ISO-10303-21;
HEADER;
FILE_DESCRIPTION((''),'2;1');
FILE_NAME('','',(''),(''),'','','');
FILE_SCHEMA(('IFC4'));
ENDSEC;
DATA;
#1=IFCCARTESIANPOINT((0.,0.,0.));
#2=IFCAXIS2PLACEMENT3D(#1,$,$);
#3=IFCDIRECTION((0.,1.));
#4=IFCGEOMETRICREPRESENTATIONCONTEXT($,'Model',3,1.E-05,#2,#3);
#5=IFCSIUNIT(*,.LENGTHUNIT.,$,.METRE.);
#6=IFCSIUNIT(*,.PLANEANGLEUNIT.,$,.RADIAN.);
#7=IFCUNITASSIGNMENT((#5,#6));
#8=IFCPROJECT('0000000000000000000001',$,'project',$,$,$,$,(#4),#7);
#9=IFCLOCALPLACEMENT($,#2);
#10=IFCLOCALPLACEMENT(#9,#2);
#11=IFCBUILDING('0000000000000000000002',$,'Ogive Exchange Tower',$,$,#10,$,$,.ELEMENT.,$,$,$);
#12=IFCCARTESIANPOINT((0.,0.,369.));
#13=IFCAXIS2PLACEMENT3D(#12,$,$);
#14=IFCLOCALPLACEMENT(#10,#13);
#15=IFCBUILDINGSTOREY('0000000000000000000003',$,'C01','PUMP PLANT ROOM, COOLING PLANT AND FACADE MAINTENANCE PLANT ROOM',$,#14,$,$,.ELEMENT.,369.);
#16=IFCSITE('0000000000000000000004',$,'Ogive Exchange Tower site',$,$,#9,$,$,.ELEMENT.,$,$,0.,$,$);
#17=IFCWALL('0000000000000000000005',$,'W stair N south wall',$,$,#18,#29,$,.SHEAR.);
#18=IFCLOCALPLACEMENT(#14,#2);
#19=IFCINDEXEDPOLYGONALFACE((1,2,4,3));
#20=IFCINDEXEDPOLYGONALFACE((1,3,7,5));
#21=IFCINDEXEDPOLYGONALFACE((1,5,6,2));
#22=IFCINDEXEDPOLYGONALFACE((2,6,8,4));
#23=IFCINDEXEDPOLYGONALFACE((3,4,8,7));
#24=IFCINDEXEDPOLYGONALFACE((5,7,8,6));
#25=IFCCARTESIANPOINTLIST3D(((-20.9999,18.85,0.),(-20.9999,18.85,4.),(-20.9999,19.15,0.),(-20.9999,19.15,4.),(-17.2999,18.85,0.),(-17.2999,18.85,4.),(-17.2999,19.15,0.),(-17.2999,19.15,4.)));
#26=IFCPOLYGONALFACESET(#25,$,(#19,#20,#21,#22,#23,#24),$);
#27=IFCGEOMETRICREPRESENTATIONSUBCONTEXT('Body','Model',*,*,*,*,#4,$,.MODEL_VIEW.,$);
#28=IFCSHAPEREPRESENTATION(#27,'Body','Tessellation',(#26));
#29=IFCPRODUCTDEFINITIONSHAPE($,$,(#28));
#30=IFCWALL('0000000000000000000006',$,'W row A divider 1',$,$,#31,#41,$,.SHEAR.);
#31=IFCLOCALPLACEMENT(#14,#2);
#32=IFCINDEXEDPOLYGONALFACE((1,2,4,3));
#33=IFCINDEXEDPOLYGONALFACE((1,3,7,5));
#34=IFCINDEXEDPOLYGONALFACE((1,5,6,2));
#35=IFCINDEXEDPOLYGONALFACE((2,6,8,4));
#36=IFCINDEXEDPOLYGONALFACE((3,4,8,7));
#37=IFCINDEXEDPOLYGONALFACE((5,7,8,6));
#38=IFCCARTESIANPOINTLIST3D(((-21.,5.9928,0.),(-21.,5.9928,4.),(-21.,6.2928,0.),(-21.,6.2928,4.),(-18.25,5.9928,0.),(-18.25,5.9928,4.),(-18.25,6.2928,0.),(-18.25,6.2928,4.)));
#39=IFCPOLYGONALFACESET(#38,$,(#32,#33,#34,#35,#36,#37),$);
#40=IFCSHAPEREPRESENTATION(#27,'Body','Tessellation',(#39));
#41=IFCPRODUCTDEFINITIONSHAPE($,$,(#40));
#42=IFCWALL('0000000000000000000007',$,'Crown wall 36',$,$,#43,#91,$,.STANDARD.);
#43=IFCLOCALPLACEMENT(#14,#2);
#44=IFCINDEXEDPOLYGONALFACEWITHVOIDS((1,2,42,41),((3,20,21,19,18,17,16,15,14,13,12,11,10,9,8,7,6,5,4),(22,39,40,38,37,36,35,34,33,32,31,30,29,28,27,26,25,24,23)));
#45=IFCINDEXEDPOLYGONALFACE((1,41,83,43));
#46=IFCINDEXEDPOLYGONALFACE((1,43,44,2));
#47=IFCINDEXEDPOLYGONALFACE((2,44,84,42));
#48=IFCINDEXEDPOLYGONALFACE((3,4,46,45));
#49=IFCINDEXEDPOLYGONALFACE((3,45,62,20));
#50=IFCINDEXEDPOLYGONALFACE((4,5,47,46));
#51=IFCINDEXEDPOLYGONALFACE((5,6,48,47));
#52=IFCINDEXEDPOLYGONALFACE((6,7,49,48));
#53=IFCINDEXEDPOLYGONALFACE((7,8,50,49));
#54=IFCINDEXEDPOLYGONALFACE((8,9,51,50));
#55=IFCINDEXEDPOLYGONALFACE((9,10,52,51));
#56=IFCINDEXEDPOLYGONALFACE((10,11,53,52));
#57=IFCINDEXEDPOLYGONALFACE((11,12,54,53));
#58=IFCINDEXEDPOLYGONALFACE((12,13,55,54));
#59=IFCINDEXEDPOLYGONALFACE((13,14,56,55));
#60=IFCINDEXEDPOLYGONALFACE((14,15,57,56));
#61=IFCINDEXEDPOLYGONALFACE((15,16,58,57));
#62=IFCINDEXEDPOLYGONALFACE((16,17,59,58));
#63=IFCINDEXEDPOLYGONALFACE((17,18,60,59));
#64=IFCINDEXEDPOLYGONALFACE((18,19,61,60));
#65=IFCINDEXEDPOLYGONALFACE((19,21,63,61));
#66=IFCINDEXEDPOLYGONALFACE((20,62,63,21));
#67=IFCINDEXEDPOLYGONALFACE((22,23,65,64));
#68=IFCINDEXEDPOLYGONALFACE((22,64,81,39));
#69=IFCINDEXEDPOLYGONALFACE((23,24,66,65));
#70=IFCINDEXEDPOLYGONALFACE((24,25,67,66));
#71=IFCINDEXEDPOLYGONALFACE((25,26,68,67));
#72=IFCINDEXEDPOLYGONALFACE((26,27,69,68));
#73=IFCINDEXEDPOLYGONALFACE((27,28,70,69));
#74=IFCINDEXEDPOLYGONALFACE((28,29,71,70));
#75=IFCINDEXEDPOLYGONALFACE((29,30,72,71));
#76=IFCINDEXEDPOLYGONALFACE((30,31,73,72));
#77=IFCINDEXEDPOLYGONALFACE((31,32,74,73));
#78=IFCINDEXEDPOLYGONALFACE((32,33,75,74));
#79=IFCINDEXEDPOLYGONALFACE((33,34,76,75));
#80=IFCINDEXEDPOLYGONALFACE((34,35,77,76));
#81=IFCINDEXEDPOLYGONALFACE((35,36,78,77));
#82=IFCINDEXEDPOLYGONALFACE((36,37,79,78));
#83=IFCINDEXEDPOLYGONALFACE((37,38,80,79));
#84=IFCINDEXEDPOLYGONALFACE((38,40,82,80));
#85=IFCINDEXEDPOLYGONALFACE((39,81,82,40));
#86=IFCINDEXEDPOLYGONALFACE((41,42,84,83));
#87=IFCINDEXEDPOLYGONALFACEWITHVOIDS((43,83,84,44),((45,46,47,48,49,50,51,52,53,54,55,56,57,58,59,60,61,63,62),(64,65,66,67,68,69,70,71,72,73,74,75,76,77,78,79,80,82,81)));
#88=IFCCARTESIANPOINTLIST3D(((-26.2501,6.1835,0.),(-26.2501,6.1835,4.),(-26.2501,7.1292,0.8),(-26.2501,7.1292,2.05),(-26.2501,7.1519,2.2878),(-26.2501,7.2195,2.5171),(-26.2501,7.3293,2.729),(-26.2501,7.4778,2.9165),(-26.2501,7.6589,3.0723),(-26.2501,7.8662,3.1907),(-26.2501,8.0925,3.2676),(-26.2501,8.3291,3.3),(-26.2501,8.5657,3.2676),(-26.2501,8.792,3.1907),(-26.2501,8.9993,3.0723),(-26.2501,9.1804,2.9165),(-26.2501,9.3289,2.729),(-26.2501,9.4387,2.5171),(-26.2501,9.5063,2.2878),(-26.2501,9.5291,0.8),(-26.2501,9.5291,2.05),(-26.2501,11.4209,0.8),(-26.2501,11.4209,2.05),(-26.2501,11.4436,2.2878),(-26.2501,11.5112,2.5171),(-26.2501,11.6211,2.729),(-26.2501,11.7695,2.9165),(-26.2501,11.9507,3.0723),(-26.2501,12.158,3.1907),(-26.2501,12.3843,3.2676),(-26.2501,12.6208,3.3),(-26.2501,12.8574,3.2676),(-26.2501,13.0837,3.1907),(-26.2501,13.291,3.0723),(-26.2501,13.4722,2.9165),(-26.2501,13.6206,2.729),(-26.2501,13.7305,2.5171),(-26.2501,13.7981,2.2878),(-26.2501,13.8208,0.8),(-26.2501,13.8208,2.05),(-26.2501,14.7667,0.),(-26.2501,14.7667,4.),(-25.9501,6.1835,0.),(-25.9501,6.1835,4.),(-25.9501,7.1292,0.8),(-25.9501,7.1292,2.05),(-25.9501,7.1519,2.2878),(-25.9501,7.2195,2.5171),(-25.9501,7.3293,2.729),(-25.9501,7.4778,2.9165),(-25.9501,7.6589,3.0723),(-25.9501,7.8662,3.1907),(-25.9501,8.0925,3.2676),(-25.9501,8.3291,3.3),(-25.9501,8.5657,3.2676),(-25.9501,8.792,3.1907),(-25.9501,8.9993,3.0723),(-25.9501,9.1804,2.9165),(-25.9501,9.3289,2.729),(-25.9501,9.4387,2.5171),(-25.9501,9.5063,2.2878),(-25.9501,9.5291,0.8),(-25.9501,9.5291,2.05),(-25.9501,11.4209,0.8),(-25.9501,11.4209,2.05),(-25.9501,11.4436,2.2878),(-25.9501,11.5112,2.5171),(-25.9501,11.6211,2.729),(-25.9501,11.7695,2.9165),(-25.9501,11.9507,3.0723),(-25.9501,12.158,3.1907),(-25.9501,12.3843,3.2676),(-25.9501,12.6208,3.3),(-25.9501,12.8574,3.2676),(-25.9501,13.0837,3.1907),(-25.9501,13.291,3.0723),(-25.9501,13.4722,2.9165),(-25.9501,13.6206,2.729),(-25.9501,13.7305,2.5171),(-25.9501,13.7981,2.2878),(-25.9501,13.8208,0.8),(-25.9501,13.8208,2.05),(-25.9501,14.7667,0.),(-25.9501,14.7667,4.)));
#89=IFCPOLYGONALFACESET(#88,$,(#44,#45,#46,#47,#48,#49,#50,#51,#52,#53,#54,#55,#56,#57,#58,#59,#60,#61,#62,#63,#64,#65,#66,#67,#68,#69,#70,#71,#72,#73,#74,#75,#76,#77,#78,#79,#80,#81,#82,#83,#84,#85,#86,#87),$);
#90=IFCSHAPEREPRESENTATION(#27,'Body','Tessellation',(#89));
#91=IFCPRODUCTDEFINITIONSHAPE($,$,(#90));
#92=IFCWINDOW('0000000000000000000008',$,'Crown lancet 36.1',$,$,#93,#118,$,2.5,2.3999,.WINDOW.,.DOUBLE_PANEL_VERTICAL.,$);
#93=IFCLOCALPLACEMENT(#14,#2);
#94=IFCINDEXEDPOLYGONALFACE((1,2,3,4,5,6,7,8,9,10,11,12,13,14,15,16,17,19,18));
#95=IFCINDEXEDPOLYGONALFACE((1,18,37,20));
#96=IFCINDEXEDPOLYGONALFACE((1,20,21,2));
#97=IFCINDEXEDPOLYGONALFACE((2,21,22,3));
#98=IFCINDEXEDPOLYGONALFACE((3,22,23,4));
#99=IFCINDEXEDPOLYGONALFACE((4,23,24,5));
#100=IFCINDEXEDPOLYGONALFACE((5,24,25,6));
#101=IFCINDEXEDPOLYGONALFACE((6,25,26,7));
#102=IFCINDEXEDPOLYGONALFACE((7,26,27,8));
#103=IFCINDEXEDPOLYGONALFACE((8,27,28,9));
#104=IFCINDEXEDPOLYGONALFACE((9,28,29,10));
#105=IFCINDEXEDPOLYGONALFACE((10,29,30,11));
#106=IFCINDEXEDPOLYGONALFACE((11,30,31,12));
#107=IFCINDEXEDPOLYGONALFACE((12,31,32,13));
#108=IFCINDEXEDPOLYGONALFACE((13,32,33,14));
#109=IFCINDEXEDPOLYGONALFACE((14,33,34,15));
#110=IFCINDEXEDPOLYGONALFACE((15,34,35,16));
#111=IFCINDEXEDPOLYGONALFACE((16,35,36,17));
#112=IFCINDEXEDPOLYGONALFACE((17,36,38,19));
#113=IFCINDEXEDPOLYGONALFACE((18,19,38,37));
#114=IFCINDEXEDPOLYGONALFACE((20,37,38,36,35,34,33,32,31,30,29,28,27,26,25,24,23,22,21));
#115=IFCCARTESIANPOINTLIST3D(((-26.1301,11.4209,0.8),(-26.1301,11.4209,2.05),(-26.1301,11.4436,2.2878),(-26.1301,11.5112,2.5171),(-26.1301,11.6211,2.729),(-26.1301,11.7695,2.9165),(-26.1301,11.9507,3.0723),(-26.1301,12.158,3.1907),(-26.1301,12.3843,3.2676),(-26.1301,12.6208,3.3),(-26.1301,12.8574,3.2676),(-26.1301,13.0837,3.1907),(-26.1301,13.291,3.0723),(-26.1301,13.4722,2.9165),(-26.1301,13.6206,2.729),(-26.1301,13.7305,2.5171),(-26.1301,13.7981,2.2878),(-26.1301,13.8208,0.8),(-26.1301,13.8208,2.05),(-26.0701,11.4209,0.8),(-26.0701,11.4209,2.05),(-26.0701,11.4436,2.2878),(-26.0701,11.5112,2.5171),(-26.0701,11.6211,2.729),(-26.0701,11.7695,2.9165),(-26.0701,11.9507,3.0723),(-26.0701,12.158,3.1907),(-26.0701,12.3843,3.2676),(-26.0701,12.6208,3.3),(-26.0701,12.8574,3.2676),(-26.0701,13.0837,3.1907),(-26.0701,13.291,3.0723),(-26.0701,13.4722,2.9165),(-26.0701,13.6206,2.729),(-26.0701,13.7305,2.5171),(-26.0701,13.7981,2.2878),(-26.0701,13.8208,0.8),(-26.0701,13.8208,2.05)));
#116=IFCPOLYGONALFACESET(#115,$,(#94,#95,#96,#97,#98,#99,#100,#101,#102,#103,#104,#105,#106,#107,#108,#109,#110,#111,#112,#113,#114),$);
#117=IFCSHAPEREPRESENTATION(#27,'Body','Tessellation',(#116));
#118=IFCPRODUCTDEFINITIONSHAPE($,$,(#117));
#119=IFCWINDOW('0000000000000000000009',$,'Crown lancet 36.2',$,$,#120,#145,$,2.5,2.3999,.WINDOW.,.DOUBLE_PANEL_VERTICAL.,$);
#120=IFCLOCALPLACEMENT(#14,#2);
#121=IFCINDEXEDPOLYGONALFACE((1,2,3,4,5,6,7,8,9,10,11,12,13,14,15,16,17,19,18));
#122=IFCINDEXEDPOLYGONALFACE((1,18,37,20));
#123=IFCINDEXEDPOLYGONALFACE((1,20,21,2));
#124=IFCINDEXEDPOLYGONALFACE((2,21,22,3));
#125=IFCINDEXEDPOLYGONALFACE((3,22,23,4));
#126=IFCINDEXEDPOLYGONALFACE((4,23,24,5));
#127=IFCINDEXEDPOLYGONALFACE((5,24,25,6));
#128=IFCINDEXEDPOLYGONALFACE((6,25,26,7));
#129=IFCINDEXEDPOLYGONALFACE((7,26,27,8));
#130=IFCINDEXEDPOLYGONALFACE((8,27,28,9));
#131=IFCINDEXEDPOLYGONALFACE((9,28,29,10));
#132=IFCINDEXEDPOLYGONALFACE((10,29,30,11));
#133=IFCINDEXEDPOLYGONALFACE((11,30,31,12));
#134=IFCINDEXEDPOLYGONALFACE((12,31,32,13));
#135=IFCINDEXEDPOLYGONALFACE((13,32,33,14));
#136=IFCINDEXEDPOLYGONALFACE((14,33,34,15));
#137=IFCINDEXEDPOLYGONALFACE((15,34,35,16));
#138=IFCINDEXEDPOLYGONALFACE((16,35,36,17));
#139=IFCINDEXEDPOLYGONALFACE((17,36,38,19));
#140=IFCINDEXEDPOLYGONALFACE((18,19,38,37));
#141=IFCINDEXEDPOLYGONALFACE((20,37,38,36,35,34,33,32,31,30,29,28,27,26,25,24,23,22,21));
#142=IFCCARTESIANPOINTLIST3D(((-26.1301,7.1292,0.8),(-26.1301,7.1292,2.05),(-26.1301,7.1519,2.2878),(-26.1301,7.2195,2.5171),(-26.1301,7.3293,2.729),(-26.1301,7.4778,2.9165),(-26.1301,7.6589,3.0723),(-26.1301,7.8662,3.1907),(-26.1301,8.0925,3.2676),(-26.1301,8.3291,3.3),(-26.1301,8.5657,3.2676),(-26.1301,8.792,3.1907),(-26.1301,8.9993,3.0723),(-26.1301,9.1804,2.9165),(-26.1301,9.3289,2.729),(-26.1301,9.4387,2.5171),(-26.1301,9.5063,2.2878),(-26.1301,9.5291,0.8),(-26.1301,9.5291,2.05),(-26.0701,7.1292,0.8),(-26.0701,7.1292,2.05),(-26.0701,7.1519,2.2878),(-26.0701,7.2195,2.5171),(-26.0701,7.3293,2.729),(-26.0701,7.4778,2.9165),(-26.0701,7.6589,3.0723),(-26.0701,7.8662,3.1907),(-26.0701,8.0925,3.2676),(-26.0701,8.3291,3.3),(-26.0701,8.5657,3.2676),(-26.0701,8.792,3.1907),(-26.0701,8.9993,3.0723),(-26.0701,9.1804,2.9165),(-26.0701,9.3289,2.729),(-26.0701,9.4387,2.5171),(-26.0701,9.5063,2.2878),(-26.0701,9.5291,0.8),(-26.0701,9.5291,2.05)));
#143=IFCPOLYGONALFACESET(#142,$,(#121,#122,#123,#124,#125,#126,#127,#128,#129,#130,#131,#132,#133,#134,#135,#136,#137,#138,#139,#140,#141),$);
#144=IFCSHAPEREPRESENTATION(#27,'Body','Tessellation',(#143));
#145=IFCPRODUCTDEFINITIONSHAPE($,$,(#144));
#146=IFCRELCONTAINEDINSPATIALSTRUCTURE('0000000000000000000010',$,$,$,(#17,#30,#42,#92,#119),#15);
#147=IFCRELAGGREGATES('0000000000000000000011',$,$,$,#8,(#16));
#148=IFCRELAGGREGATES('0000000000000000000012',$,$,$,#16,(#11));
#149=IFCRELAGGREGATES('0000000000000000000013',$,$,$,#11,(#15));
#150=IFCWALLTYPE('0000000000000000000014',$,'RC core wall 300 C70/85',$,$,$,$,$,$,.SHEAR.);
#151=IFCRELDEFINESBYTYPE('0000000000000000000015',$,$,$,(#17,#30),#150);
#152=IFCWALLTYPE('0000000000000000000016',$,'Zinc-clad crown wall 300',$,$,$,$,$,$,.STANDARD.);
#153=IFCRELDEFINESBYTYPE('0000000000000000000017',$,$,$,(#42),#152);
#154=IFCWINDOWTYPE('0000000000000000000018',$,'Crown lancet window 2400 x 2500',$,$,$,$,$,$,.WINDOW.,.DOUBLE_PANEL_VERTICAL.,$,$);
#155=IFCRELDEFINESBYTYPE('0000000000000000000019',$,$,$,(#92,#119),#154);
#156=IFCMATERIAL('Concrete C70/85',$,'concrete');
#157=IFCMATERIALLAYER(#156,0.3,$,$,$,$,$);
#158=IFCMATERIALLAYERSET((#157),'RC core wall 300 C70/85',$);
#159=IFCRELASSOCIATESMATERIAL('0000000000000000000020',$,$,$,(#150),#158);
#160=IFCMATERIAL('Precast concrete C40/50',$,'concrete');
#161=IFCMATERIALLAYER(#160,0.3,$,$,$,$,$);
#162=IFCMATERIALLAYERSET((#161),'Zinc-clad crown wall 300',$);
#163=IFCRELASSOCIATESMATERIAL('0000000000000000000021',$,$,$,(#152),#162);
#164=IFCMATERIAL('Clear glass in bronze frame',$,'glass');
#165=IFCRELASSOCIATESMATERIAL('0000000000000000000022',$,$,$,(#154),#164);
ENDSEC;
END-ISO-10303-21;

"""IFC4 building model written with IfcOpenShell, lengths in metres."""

from ifc_helpers import new_model, si_unit, direction, frame, frame_2d, origin, place, context, subcontext, project, spatial, polyline, rectangle, outline, extrude, material, layer, layer_set, type_object, element, fill, save


model = new_model("IFC4")

# Units and contexts
model_context = context("Model", 3, precision=1e-05, world=origin(), true_north=direction((0.0, 1.0)))
body_context = subcontext(model_context, "Body", "Model", "MODEL_VIEW")
ifc_project = project(units=[si_unit("LENGTHUNIT", "METRE"), si_unit("PLANEANGLEUNIT", "RADIAN")], contexts=[model_context])

# Site, building, storey
site_placement = place(None, origin())
site = spatial("IfcSite", under=ifc_project, at=site_placement, Name="Ogive Exchange Tower site", CompositionType="ELEMENT", RefElevation=0.0)
building_placement = place(site_placement, origin())
building = spatial("IfcBuilding", under=site, at=building_placement, Name="Ogive Exchange Tower", CompositionType="ELEMENT")
storey_placement = place(building_placement, frame((0.0, 0.0, 369.0)))
storey = spatial("IfcBuildingStorey", under=building, at=storey_placement, Name="C01", Description="PUMP PLANT ROOM, COOLING PLANT AND FACADE MAINTENANCE PLANT ROOM", CompositionType="ELEMENT", Elevation=369.0)

# Walls
ifc_material_1 = material(Name="Concrete C70/85", Category="concrete")
ifc_layer_1 = layer(ifc_material_1, 0.3)
ifc_layer_set_1 = layer_set([ifc_layer_1], Name="RC core wall 300 C70/85")
wall_type_1 = type_object("IfcWallType", Name="RC core wall 300 C70/85", PredefinedType="SHEAR", material=ifc_layer_set_1)
for number, where, z_axis, x_axis, name in (
    (1, (-21.0, 19.0, 0.0), (0.0, 0.0, 1.0), (1.0, 0.0, 0.0), "W stair N south wall"),
):
    element("IfcWall", number, at=place(storey_placement, frame(where, z_axis=z_axis, x_axis=x_axis)), inside=storey, type_object=wall_type_1, Name=name, PredefinedType="SHEAR", context=body_context, shape_type="SweptSolid", body=[
        extrude(rectangle(XDim=3.7, YDim=0.3, at=frame_2d((1.8501, 0.0))), origin(), (0.0, 0.0, 1.0), 4.0),
    ])
wall_1_placement = place(storey_placement, frame((-21.0, 6.1428, 0.0), z_axis=(0.0, 0.0, 1.0), x_axis=(1.0, 0.0, 0.0)))
element("IfcWall", 2, at=wall_1_placement, inside=storey, type_object=wall_type_1, Name="W row A divider 1", PredefinedType="SHEAR", context=body_context, shape_type="SweptSolid", body=[
    extrude(rectangle(XDim=2.75, YDim=0.3, at=frame_2d((1.375, 0.0))), origin(), (0.0, 0.0, 1.0), 4.0),
])

# Wall, openings, windows
ifc_material_2 = material(Name="Precast concrete C40/50", Category="concrete")
ifc_layer_2 = layer(ifc_material_2, 0.3)
ifc_layer_set_2 = layer_set([ifc_layer_2], Name="Zinc-clad crown wall 300")
wall_type_2 = type_object("IfcWallType", Name="Zinc-clad crown wall 300", PredefinedType="STANDARD", material=ifc_layer_set_2)
wall_2_placement = place(storey_placement, frame((-26.1001, 14.7666, 0.0), z_axis=(0.0, 0.0, 1.0), x_axis=(0.0, -1.0, 0.0)))
wall_2 = element("IfcWall", 3, at=wall_2_placement, inside=storey, type_object=wall_type_2, Name="Crown wall 36", PredefinedType="STANDARD", context=body_context, shape_type="SweptSolid", body=[
    extrude(rectangle(XDim=8.5833, YDim=0.3, at=frame_2d((4.2915, 0.0))), origin(), (0.0, 0.0, 1.0), 4.0),
])
opening_1_placement = place(wall_2_placement, frame((0.9458, 0.0, 0.8)))
opening_1 = element("IfcOpeningElement", 4, at=opening_1_placement, cuts=wall_2, PredefinedType="OPENING", context=body_context, shape_type="SweptSolid", body=[
    extrude(outline(polyline([(0.0, 0.0), (2.3999, 0.0), (2.3999, 1.25), (2.3772, 1.4878), (2.3096, 1.717), (2.1997, 1.929), (2.0513, 2.1165), (1.8701, 2.2722), (1.6628, 2.3906), (1.4365, 2.4675), (1.2, 2.5), (0.9634, 2.4675), (0.7371, 2.3906), (0.5298, 2.2722), (0.3486, 2.1165), (0.2002, 1.929), (0.0903, 1.717), (0.0227, 1.4878), (0.0, 1.25), (0.0, 0.0)])), frame((0.0, 0.1599, 0.0), z_axis=(0.0, -1.0, 0.0), x_axis=(1.0, 0.0, 0.0)), (0.0, 0.0, 1.0), 0.3201),
])
opening_2_placement = place(wall_2_placement, frame((5.2375, 0.0, 0.8)))
opening_2 = element("IfcOpeningElement", 5, at=opening_2_placement, cuts=wall_2, PredefinedType="OPENING", context=body_context, shape_type="SweptSolid", body=[
    extrude(outline(polyline([(0.0, 0.0), (2.3999, 0.0), (2.3999, 1.25), (2.3772, 1.4878), (2.3096, 1.717), (2.1997, 1.929), (2.0513, 2.1165), (1.8701, 2.2722), (1.6628, 2.3906), (1.4365, 2.4675), (1.2, 2.5), (0.9634, 2.4675), (0.7371, 2.3906), (0.5298, 2.2722), (0.3486, 2.1165), (0.2002, 1.929), (0.0903, 1.717), (0.0227, 1.4878), (0.0, 1.25), (0.0, 0.0)])), frame((0.0, 0.1599, 0.0), z_axis=(0.0, -1.0, 0.0), x_axis=(1.0, 0.0, 0.0)), (0.0, 0.0, 1.0), 0.3201),
])
ifc_material_3 = material(Name="Clear glass in bronze frame", Category="glass")
window_type = type_object("IfcWindowType", Name="Crown lancet window 2400 x 2500", PartitioningType="DOUBLE_PANEL_VERTICAL", PredefinedType="WINDOW", material=ifc_material_3)
window_1_placement = place(opening_1_placement, origin())
window_1 = element("IfcWindow", 6, at=window_1_placement, inside=storey, type_object=window_type, Name="Crown lancet 36.1", OverallHeight=2.5, OverallWidth=2.3999, PartitioningType="DOUBLE_PANEL_VERTICAL", PredefinedType="WINDOW", context=body_context, shape_type="SweptSolid", body=[
    extrude(outline(polyline([(0.0, 0.0), (2.3999, 0.0), (2.3999, 1.25), (2.3772, 1.4878), (2.3096, 1.717), (2.1997, 1.929), (2.0513, 2.1165), (1.8701, 2.2722), (1.6628, 2.3906), (1.4365, 2.4675), (1.2, 2.5), (0.9634, 2.4675), (0.7371, 2.3906), (0.5298, 2.2722), (0.3486, 2.1165), (0.2002, 1.929), (0.0903, 1.717), (0.0227, 1.4878), (0.0, 1.25), (0.0, 0.0)])), frame((0.0, 0.03, 0.0), z_axis=(0.0, -1.0, 0.0), x_axis=(1.0, 0.0, 0.0)), (0.0, 0.0, 1.0), 0.0601),
])
fill(opening_1, window_1)
window_2_placement = place(opening_2_placement, origin())
window_2 = element("IfcWindow", 7, at=window_2_placement, inside=storey, type_object=window_type, Name="Crown lancet 36.2", OverallHeight=2.5, OverallWidth=2.3999, PartitioningType="DOUBLE_PANEL_VERTICAL", PredefinedType="WINDOW", context=body_context, shape_type="SweptSolid", body=[
    extrude(outline(polyline([(0.0, 0.0), (2.3999, 0.0), (2.3999, 1.25), (2.3772, 1.4878), (2.3096, 1.717), (2.1997, 1.929), (2.0513, 2.1165), (1.8701, 2.2722), (1.6628, 2.3906), (1.4365, 2.4675), (1.2, 2.5), (0.9634, 2.4675), (0.7371, 2.3906), (0.5298, 2.2722), (0.3486, 2.1165), (0.2002, 1.929), (0.0903, 1.717), (0.0227, 1.4878), (0.0, 1.25), (0.0, 0.0)])), frame((0.0, 0.03, 0.0), z_axis=(0.0, -1.0, 0.0), x_axis=(1.0, 0.0, 0.0)), (0.0, 0.0, 1.0), 0.0601),
])
fill(opening_2, window_2)

save(model, "model.ifc")
